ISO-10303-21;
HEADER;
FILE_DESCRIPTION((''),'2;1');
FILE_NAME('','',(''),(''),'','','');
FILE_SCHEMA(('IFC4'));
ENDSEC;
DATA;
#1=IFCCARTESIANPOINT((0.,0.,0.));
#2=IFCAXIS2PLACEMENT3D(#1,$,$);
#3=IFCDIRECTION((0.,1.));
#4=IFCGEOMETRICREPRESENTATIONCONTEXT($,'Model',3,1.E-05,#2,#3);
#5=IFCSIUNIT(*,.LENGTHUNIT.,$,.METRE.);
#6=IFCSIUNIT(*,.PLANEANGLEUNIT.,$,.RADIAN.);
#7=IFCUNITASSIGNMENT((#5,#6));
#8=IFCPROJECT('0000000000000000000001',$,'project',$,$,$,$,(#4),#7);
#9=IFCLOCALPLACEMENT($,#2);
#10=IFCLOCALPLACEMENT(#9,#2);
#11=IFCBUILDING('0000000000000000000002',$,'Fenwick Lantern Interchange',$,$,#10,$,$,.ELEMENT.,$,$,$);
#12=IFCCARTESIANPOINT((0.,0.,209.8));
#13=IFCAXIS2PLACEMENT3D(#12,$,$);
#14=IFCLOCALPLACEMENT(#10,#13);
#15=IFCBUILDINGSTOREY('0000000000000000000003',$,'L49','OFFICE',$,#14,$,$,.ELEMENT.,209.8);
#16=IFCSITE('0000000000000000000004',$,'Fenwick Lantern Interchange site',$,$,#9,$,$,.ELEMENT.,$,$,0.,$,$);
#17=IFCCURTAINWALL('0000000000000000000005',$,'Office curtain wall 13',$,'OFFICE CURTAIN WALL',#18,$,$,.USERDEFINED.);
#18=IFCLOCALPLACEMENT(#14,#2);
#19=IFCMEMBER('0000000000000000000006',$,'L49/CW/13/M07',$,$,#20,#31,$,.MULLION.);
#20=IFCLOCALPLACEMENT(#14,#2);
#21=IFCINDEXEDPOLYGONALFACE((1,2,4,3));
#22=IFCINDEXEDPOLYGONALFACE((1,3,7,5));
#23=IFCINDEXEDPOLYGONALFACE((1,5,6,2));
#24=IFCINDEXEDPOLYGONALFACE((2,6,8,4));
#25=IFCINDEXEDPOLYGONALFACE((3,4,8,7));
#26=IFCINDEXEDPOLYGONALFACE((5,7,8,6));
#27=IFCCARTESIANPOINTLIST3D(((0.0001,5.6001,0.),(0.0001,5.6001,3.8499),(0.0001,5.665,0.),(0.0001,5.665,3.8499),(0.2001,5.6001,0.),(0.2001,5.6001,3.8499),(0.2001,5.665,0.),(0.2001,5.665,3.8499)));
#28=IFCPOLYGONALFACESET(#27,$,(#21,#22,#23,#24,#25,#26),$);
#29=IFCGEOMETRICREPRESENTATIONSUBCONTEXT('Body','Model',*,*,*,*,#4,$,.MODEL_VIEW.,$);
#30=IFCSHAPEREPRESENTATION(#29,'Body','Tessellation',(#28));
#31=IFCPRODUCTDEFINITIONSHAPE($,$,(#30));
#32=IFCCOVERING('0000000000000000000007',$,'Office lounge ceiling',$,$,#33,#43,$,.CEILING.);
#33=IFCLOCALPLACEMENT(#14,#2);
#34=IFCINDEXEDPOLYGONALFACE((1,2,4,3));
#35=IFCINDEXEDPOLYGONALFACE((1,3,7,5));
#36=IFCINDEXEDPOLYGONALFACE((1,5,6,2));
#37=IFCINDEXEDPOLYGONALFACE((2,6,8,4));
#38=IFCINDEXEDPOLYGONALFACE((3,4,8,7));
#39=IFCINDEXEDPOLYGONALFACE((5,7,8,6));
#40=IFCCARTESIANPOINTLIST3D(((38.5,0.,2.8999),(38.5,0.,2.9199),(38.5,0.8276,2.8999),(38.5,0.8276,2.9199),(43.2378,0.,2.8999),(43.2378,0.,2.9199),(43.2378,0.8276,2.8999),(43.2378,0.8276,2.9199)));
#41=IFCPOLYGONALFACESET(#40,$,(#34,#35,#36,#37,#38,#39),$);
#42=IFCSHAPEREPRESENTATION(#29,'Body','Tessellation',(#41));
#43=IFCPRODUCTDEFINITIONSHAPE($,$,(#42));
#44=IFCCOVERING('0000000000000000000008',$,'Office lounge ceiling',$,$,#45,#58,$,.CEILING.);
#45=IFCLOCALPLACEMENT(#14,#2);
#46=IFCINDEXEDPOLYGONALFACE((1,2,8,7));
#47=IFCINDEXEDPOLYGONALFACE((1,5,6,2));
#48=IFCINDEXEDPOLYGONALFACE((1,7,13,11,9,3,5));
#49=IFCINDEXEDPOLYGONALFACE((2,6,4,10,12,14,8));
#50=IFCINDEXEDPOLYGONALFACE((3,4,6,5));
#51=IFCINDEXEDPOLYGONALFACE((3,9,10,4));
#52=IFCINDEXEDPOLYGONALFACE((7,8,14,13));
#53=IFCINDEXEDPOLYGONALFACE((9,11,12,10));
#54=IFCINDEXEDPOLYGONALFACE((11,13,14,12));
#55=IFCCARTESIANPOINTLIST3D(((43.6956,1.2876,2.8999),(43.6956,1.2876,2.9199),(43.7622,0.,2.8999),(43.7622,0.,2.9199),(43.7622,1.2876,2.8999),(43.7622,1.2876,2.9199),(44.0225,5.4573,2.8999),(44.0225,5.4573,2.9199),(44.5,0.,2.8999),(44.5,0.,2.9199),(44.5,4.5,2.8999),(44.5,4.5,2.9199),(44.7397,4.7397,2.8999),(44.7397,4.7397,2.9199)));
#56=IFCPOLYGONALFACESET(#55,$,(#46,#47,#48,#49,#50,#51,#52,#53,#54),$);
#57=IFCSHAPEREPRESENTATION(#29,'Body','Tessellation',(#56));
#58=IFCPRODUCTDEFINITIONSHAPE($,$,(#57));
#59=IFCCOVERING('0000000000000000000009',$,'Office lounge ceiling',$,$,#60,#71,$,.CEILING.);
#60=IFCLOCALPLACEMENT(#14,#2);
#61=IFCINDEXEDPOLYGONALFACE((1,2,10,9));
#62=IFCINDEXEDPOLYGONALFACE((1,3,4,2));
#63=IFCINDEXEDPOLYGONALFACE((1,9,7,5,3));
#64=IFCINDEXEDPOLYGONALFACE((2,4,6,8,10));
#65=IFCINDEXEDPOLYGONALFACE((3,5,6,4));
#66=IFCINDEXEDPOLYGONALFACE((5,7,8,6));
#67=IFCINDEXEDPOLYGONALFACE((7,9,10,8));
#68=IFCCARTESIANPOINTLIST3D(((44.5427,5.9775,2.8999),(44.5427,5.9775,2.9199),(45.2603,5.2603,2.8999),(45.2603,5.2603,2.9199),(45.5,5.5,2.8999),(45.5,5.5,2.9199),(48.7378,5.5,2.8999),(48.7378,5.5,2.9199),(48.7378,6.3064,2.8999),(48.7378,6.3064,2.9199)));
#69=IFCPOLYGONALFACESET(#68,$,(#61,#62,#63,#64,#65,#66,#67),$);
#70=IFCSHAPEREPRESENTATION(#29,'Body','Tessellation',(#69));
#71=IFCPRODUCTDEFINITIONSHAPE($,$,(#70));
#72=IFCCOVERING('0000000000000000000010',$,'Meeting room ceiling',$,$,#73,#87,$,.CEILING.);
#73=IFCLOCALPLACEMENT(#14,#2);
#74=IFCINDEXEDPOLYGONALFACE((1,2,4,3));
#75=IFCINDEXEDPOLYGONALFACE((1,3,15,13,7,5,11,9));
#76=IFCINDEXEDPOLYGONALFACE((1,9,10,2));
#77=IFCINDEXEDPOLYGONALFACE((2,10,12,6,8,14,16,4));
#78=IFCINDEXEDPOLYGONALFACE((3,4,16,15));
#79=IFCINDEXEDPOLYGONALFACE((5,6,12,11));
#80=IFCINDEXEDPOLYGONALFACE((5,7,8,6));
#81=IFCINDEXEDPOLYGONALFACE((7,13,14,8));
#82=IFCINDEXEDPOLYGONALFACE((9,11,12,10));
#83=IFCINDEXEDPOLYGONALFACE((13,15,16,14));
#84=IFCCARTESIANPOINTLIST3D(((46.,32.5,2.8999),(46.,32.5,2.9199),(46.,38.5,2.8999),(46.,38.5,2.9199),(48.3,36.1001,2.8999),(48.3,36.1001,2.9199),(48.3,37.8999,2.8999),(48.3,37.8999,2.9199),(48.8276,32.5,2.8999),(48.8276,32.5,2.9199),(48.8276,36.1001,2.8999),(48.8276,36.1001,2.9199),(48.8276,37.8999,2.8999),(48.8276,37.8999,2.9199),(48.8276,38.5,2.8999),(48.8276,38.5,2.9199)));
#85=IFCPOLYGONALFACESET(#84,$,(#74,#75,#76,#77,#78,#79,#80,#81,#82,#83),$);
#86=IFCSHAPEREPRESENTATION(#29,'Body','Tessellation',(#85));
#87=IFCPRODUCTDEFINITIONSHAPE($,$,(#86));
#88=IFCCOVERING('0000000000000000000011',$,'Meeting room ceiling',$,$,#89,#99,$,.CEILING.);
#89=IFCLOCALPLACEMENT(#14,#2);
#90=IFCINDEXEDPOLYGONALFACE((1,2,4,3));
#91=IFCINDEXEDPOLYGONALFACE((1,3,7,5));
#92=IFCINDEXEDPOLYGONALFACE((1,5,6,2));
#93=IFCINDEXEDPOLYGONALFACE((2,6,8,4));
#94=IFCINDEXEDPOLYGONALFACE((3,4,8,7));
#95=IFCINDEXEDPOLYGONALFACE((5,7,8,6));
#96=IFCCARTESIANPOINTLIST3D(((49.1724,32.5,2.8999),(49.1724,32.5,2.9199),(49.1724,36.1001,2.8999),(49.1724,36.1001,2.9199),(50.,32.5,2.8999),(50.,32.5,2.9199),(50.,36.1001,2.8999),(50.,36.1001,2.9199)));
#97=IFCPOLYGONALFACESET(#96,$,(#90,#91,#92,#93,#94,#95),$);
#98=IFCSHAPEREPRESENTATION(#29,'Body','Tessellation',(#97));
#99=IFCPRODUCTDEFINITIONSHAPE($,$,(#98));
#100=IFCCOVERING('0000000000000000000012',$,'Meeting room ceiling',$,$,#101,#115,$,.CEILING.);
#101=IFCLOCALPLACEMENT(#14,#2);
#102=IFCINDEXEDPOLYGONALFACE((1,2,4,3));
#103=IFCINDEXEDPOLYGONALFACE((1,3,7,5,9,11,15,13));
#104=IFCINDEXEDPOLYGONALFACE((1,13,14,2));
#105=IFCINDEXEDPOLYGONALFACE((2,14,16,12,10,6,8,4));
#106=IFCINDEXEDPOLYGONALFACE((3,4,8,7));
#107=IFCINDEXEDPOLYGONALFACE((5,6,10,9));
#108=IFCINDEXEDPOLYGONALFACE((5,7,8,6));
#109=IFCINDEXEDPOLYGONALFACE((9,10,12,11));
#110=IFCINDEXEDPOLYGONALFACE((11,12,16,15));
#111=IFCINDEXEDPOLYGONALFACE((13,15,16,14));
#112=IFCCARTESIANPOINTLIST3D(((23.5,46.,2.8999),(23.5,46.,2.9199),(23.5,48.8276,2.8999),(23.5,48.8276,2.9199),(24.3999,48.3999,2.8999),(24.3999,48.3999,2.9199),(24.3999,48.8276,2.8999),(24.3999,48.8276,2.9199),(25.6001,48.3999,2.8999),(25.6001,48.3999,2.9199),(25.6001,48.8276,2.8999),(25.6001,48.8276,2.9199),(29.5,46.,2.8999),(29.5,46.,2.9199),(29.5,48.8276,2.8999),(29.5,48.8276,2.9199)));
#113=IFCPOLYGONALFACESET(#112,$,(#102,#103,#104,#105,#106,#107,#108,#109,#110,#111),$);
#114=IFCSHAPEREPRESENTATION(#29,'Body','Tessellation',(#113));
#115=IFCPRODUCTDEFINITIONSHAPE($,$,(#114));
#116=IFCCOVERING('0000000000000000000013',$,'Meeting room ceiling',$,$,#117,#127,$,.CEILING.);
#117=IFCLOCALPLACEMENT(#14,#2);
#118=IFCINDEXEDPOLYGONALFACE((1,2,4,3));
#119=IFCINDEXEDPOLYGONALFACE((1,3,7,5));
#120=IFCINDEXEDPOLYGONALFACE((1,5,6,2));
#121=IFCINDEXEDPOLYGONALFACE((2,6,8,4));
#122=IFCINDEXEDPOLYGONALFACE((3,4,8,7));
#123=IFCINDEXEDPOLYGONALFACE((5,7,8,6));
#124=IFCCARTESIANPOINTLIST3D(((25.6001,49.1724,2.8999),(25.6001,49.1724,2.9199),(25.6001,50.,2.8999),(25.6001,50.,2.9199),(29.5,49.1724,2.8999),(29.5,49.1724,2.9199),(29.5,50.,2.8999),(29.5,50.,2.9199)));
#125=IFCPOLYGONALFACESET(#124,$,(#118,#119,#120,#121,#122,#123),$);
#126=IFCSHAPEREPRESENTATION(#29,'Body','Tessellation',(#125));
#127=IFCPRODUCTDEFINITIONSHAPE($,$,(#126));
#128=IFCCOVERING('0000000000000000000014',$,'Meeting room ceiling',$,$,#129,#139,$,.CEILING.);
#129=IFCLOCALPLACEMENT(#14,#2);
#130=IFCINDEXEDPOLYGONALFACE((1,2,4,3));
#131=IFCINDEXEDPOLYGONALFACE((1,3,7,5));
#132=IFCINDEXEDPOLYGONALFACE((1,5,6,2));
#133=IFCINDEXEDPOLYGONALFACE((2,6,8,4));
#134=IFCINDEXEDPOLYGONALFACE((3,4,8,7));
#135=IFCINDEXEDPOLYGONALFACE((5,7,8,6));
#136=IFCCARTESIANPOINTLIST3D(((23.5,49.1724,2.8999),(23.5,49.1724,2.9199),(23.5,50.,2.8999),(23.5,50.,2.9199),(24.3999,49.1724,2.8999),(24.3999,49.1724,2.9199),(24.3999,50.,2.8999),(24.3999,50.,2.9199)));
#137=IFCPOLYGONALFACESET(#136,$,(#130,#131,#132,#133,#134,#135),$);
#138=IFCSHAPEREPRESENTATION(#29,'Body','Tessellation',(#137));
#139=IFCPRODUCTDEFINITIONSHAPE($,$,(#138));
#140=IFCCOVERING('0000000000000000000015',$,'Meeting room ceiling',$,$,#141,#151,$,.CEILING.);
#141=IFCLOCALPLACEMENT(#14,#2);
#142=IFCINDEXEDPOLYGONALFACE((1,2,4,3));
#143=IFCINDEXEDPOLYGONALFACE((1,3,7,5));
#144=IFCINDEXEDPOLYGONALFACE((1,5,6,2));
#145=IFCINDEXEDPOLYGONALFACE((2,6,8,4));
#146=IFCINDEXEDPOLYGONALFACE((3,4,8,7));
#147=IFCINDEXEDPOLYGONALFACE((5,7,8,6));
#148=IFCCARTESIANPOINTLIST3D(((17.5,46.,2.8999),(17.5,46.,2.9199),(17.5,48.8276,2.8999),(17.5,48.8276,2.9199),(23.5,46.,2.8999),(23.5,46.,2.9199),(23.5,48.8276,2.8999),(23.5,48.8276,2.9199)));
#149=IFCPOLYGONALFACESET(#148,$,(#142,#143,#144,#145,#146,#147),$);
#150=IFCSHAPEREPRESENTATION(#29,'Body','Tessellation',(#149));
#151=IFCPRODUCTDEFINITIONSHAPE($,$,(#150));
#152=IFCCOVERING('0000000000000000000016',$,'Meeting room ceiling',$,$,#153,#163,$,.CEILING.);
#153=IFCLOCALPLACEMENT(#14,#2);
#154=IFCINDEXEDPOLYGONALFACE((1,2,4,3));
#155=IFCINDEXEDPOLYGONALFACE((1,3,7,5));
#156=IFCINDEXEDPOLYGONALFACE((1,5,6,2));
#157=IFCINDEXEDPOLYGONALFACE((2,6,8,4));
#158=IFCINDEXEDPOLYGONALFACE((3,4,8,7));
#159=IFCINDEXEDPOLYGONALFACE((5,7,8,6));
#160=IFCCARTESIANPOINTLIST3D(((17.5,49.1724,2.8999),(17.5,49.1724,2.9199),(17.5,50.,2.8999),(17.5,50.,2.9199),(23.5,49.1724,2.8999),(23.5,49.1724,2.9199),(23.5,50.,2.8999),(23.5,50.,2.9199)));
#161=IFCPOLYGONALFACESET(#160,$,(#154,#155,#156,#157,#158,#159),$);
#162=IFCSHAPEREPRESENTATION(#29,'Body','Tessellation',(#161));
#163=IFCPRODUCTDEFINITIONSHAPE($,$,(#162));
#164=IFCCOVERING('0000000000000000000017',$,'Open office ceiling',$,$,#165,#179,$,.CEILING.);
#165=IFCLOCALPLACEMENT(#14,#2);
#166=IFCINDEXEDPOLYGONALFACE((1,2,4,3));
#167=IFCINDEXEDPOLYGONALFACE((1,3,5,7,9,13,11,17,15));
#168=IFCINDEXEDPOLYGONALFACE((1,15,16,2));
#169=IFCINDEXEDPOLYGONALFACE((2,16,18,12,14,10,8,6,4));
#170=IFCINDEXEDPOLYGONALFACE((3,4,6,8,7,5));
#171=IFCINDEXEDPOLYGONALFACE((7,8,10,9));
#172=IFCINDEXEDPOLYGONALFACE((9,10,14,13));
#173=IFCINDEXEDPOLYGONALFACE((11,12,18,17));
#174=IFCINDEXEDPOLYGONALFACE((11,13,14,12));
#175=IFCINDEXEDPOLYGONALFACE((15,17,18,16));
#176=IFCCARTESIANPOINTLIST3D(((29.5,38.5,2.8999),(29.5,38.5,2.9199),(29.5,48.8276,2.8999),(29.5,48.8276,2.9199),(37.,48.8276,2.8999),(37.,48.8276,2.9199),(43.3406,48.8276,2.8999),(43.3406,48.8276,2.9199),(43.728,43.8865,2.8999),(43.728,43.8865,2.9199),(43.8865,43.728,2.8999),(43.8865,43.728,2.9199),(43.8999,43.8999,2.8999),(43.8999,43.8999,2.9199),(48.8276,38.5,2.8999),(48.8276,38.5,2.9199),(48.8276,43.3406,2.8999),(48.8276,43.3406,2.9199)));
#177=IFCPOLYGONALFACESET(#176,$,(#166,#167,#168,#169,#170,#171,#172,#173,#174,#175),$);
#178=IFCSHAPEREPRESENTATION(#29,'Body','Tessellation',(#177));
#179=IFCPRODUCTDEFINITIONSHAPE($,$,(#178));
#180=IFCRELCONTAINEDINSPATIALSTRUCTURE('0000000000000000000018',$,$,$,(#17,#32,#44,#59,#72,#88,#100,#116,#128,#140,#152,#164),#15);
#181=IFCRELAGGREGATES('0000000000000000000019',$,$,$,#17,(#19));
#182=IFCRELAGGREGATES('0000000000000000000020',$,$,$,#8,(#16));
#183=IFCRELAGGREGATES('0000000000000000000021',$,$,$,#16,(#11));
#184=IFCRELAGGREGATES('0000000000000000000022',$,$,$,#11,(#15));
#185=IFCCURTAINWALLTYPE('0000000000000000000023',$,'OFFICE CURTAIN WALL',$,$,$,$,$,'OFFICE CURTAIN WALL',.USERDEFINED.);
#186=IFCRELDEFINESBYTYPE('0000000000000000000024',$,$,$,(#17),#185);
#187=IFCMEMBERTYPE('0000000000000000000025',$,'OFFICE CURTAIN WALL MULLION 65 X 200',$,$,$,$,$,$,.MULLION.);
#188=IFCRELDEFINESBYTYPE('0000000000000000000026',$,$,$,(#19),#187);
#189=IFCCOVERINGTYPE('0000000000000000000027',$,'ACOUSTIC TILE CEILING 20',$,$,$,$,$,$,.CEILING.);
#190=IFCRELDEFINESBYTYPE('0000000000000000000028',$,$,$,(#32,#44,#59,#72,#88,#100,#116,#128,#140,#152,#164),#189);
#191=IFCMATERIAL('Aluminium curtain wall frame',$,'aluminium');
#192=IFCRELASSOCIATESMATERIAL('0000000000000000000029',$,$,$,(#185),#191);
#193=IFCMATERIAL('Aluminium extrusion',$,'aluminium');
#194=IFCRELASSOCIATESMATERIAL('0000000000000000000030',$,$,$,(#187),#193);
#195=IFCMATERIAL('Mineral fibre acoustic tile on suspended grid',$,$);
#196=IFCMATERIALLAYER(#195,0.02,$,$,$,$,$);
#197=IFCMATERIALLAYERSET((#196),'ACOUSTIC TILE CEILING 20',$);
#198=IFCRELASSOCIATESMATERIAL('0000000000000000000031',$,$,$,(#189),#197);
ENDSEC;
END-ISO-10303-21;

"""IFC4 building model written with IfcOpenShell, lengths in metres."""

from ifc_helpers import new_model, si_unit, direction, frame, origin, origin_2d, place, context, subcontext, project, spatial, polyline, rectangle, outline, extrude, material, layer, layer_set, material_profile, profile_set, type_object, element, aggregate, save


model = new_model("IFC4")

# Units and contexts
model_context = context("Model", 3, precision=1e-05, world=origin(), true_north=direction((0.0, 1.0)))
body_context = subcontext(model_context, "Body", "Model", "MODEL_VIEW")
ifc_project = project(units=[si_unit("LENGTHUNIT", "METRE"), si_unit("PLANEANGLEUNIT", "RADIAN")], contexts=[model_context])

# Site, building, storey
site_placement = place(None, origin())
site = spatial("IfcSite", under=ifc_project, at=site_placement, Name="Fenwick Lantern Interchange site", CompositionType="ELEMENT", RefElevation=0.0)
building_placement = place(site_placement, origin())
building = spatial("IfcBuilding", under=site, at=building_placement, Name="Fenwick Lantern Interchange", CompositionType="ELEMENT")
storey_placement = place(building_placement, frame((0.0, 0.0, 209.8)))
storey = spatial("IfcBuildingStorey", under=building, at=storey_placement, Name="L49", Description="OFFICE", CompositionType="ELEMENT", Elevation=209.8)

# Curtain wall, member
ifc_material_1 = material(Name="Aluminium curtain wall frame", Category="aluminium")
curtain_wall_type = type_object("IfcCurtainWallType", Name="OFFICE CURTAIN WALL", ElementType="OFFICE CURTAIN WALL", PredefinedType="USERDEFINED", material=ifc_material_1)
curtain_wall_1_placement = place(storey_placement, origin())
curtain_wall_1 = element("IfcCurtainWall", 1, at=curtain_wall_1_placement, inside=storey, type_object=curtain_wall_type, Name="Office curtain wall 13", ObjectType="OFFICE CURTAIN WALL", PredefinedType="USERDEFINED")
ifc_material_2 = material(Name="Aluminium extrusion", Category="aluminium")
ifc_material_profile = material_profile(ifc_material_2, rectangle(XDim=0.2, YDim=0.0649, at=origin_2d()), Name="OFFICE CURTAIN WALL MULLION 65 X 200")
ifc_profile_set = profile_set([ifc_material_profile], Name="Aluminium extrusion")
member_type = type_object("IfcMemberType", Name="OFFICE CURTAIN WALL MULLION 65 X 200", PredefinedType="MULLION", material=ifc_profile_set)
member_placement = place(storey_placement, frame((0.1001, 5.6326, 0.0), z_axis=(0.0, 0.0, 1.0), x_axis=(1.0, 0.0, 0.0)))
member = element("IfcMember", 2, at=member_placement, type_object=member_type, Name="L49/CW/13/M07", PredefinedType="MULLION", context=body_context, shape_type="SweptSolid", body=[
    extrude(rectangle(XDim=0.2, YDim=0.0649, at=origin_2d()), origin(), (0.0, 0.0, 1.0), 3.8499),
])
aggregate(curtain_wall_1, [member])

# Coverings
ifc_material_3 = material(Name="Mineral fibre acoustic tile on suspended grid")
ifc_layer_1 = layer(ifc_material_3, 0.02)
ifc_layer_set_1 = layer_set([ifc_layer_1], Name="ACOUSTIC TILE CEILING 20")
covering_type_1 = type_object("IfcCoveringType", Name="ACOUSTIC TILE CEILING 20", PredefinedType="CEILING", material=ifc_layer_set_1)
covering_1_placement = place(storey_placement, frame((0.0, 0.0, 2.8999)))
element("IfcCovering", 3, at=covering_1_placement, inside=storey, type_object=covering_type_1, Name="Office lounge ceiling", PredefinedType="CEILING", context=body_context, shape_type="SweptSolid", body=[
    extrude(outline(polyline([(43.2378, 0.0), (43.2378, 0.8276), (38.5, 0.8276), (38.5, 0.0), (43.2378, 0.0)])), origin(), (0.0, 0.0, 1.0), 0.02),
])
covering_2_placement = place(storey_placement, frame((0.0, 0.0, 2.8999)))
element("IfcCovering", 4, at=covering_2_placement, inside=storey, type_object=covering_type_1, Name="Office lounge ceiling", PredefinedType="CEILING", context=body_context, shape_type="SweptSolid", body=[
    extrude(outline(polyline([(43.6956, 1.2876), (43.7622, 1.2876), (43.7622, 0.0), (44.5, 0.0), (44.5, 4.5), (44.7397, 4.7397), (44.0225, 5.4573), (43.6956, 1.2876)])), origin(), (0.0, 0.0, 1.0), 0.02),
])
covering_3_placement = place(storey_placement, frame((0.0, 0.0, 2.8999)))
element("IfcCovering", 5, at=covering_3_placement, inside=storey, type_object=covering_type_1, Name="Office lounge ceiling", PredefinedType="CEILING", context=body_context, shape_type="SweptSolid", body=[
    extrude(outline(polyline([(48.7378, 5.5), (48.7378, 6.3064), (44.5427, 5.9775), (45.2603, 5.2603), (45.5, 5.5), (48.7378, 5.5)])), origin(), (0.0, 0.0, 1.0), 0.02),
])
covering_4_placement = place(storey_placement, frame((0.0, 0.0, 2.8999)))
element("IfcCovering", 6, at=covering_4_placement, inside=storey, type_object=covering_type_1, Name="Meeting room ceiling", PredefinedType="CEILING", context=body_context, shape_type="SweptSolid", body=[
    extrude(outline(polyline([(46.0, 32.5), (48.8276, 32.5), (48.8276, 36.1001), (48.3, 36.1001), (48.3, 37.8999), (48.8276, 37.8999), (48.8276, 38.5), (46.0, 38.5), (46.0, 32.5)])), origin(), (0.0, 0.0, 1.0), 0.02),
])
covering_5_placement = place(storey_placement, frame((0.0, 0.0, 2.8999)))
element("IfcCovering", 7, at=covering_5_placement, inside=storey, type_object=covering_type_1, Name="Meeting room ceiling", PredefinedType="CEILING", context=body_context, shape_type="SweptSolid", body=[
    extrude(outline(polyline([(49.1724, 32.5), (50.0, 32.5), (50.0, 36.1001), (49.1724, 36.1001), (49.1724, 32.5)])), origin(), (0.0, 0.0, 1.0), 0.02),
])
covering_6_placement = place(storey_placement, frame((0.0, 0.0, 2.8999)))
element("IfcCovering", 8, at=covering_6_placement, inside=storey, type_object=covering_type_1, Name="Meeting room ceiling", PredefinedType="CEILING", context=body_context, shape_type="SweptSolid", body=[
    extrude(outline(polyline([(29.5, 46.0), (29.5, 48.8276), (25.6001, 48.8276), (25.6001, 48.3999), (24.3999, 48.3999), (24.3999, 48.8276), (23.5, 48.8276), (23.5, 46.0), (29.5, 46.0)])), origin(), (0.0, 0.0, 1.0), 0.02),
])
covering_7_placement = place(storey_placement, frame((0.0, 0.0, 2.8999)))
element("IfcCovering", 9, at=covering_7_placement, inside=storey, type_object=covering_type_1, Name="Meeting room ceiling", PredefinedType="CEILING", context=body_context, shape_type="SweptSolid", body=[
    extrude(outline(polyline([(29.5, 49.1724), (29.5, 50.0), (25.6001, 50.0), (25.6001, 49.1724), (29.5, 49.1724)])), origin(), (0.0, 0.0, 1.0), 0.02),
])
covering_8_placement = place(storey_placement, frame((0.0, 0.0, 2.8999)))
element("IfcCovering", 10, at=covering_8_placement, inside=storey, type_object=covering_type_1, Name="Meeting room ceiling", PredefinedType="CEILING", context=body_context, shape_type="SweptSolid", body=[
    extrude(outline(polyline([(23.5, 50.0), (23.5, 49.1724), (24.3999, 49.1724), (24.3999, 50.0), (23.5, 50.0)])), origin(), (0.0, 0.0, 1.0), 0.02),
])
covering_9_placement = place(storey_placement, frame((0.0, 0.0, 2.8999)))
element("IfcCovering", 11, at=covering_9_placement, inside=storey, type_object=covering_type_1, Name="Meeting room ceiling", PredefinedType="CEILING", context=body_context, shape_type="SweptSolid", body=[
    extrude(outline(polyline([(23.5, 46.0), (23.5, 48.8276), (17.5, 48.8276), (17.5, 46.0), (23.5, 46.0)])), origin(), (0.0, 0.0, 1.0), 0.02),
])
covering_10_placement = place(storey_placement, frame((0.0, 0.0, 2.8999)))
element("IfcCovering", 12, at=covering_10_placement, inside=storey, type_object=covering_type_1, Name="Meeting room ceiling", PredefinedType="CEILING", context=body_context, shape_type="SweptSolid", body=[
    extrude(outline(polyline([(17.5, 50.0), (17.5, 49.1724), (23.5, 49.1724), (23.5, 50.0), (17.5, 50.0)])), origin(), (0.0, 0.0, 1.0), 0.02),
])
covering_11_placement = place(storey_placement, frame((0.0, 0.0, 2.8999)))
element("IfcCovering", 13, at=covering_11_placement, inside=storey, type_object=covering_type_1, Name="Open office ceiling", PredefinedType="CEILING", context=body_context, shape_type="SweptSolid", body=[
    extrude(outline(polyline([(29.5, 38.5), (48.8276, 38.5), (48.8276, 43.3406), (43.8865, 43.728), (43.8999, 43.8999), (43.728, 43.8865), (43.3406, 48.8276), (37.0, 48.8276), (29.5, 48.8276), (29.5, 38.5)])), origin(), (0.0, 0.0, 1.0), 0.02),
])

save(model, "model.ifc")
